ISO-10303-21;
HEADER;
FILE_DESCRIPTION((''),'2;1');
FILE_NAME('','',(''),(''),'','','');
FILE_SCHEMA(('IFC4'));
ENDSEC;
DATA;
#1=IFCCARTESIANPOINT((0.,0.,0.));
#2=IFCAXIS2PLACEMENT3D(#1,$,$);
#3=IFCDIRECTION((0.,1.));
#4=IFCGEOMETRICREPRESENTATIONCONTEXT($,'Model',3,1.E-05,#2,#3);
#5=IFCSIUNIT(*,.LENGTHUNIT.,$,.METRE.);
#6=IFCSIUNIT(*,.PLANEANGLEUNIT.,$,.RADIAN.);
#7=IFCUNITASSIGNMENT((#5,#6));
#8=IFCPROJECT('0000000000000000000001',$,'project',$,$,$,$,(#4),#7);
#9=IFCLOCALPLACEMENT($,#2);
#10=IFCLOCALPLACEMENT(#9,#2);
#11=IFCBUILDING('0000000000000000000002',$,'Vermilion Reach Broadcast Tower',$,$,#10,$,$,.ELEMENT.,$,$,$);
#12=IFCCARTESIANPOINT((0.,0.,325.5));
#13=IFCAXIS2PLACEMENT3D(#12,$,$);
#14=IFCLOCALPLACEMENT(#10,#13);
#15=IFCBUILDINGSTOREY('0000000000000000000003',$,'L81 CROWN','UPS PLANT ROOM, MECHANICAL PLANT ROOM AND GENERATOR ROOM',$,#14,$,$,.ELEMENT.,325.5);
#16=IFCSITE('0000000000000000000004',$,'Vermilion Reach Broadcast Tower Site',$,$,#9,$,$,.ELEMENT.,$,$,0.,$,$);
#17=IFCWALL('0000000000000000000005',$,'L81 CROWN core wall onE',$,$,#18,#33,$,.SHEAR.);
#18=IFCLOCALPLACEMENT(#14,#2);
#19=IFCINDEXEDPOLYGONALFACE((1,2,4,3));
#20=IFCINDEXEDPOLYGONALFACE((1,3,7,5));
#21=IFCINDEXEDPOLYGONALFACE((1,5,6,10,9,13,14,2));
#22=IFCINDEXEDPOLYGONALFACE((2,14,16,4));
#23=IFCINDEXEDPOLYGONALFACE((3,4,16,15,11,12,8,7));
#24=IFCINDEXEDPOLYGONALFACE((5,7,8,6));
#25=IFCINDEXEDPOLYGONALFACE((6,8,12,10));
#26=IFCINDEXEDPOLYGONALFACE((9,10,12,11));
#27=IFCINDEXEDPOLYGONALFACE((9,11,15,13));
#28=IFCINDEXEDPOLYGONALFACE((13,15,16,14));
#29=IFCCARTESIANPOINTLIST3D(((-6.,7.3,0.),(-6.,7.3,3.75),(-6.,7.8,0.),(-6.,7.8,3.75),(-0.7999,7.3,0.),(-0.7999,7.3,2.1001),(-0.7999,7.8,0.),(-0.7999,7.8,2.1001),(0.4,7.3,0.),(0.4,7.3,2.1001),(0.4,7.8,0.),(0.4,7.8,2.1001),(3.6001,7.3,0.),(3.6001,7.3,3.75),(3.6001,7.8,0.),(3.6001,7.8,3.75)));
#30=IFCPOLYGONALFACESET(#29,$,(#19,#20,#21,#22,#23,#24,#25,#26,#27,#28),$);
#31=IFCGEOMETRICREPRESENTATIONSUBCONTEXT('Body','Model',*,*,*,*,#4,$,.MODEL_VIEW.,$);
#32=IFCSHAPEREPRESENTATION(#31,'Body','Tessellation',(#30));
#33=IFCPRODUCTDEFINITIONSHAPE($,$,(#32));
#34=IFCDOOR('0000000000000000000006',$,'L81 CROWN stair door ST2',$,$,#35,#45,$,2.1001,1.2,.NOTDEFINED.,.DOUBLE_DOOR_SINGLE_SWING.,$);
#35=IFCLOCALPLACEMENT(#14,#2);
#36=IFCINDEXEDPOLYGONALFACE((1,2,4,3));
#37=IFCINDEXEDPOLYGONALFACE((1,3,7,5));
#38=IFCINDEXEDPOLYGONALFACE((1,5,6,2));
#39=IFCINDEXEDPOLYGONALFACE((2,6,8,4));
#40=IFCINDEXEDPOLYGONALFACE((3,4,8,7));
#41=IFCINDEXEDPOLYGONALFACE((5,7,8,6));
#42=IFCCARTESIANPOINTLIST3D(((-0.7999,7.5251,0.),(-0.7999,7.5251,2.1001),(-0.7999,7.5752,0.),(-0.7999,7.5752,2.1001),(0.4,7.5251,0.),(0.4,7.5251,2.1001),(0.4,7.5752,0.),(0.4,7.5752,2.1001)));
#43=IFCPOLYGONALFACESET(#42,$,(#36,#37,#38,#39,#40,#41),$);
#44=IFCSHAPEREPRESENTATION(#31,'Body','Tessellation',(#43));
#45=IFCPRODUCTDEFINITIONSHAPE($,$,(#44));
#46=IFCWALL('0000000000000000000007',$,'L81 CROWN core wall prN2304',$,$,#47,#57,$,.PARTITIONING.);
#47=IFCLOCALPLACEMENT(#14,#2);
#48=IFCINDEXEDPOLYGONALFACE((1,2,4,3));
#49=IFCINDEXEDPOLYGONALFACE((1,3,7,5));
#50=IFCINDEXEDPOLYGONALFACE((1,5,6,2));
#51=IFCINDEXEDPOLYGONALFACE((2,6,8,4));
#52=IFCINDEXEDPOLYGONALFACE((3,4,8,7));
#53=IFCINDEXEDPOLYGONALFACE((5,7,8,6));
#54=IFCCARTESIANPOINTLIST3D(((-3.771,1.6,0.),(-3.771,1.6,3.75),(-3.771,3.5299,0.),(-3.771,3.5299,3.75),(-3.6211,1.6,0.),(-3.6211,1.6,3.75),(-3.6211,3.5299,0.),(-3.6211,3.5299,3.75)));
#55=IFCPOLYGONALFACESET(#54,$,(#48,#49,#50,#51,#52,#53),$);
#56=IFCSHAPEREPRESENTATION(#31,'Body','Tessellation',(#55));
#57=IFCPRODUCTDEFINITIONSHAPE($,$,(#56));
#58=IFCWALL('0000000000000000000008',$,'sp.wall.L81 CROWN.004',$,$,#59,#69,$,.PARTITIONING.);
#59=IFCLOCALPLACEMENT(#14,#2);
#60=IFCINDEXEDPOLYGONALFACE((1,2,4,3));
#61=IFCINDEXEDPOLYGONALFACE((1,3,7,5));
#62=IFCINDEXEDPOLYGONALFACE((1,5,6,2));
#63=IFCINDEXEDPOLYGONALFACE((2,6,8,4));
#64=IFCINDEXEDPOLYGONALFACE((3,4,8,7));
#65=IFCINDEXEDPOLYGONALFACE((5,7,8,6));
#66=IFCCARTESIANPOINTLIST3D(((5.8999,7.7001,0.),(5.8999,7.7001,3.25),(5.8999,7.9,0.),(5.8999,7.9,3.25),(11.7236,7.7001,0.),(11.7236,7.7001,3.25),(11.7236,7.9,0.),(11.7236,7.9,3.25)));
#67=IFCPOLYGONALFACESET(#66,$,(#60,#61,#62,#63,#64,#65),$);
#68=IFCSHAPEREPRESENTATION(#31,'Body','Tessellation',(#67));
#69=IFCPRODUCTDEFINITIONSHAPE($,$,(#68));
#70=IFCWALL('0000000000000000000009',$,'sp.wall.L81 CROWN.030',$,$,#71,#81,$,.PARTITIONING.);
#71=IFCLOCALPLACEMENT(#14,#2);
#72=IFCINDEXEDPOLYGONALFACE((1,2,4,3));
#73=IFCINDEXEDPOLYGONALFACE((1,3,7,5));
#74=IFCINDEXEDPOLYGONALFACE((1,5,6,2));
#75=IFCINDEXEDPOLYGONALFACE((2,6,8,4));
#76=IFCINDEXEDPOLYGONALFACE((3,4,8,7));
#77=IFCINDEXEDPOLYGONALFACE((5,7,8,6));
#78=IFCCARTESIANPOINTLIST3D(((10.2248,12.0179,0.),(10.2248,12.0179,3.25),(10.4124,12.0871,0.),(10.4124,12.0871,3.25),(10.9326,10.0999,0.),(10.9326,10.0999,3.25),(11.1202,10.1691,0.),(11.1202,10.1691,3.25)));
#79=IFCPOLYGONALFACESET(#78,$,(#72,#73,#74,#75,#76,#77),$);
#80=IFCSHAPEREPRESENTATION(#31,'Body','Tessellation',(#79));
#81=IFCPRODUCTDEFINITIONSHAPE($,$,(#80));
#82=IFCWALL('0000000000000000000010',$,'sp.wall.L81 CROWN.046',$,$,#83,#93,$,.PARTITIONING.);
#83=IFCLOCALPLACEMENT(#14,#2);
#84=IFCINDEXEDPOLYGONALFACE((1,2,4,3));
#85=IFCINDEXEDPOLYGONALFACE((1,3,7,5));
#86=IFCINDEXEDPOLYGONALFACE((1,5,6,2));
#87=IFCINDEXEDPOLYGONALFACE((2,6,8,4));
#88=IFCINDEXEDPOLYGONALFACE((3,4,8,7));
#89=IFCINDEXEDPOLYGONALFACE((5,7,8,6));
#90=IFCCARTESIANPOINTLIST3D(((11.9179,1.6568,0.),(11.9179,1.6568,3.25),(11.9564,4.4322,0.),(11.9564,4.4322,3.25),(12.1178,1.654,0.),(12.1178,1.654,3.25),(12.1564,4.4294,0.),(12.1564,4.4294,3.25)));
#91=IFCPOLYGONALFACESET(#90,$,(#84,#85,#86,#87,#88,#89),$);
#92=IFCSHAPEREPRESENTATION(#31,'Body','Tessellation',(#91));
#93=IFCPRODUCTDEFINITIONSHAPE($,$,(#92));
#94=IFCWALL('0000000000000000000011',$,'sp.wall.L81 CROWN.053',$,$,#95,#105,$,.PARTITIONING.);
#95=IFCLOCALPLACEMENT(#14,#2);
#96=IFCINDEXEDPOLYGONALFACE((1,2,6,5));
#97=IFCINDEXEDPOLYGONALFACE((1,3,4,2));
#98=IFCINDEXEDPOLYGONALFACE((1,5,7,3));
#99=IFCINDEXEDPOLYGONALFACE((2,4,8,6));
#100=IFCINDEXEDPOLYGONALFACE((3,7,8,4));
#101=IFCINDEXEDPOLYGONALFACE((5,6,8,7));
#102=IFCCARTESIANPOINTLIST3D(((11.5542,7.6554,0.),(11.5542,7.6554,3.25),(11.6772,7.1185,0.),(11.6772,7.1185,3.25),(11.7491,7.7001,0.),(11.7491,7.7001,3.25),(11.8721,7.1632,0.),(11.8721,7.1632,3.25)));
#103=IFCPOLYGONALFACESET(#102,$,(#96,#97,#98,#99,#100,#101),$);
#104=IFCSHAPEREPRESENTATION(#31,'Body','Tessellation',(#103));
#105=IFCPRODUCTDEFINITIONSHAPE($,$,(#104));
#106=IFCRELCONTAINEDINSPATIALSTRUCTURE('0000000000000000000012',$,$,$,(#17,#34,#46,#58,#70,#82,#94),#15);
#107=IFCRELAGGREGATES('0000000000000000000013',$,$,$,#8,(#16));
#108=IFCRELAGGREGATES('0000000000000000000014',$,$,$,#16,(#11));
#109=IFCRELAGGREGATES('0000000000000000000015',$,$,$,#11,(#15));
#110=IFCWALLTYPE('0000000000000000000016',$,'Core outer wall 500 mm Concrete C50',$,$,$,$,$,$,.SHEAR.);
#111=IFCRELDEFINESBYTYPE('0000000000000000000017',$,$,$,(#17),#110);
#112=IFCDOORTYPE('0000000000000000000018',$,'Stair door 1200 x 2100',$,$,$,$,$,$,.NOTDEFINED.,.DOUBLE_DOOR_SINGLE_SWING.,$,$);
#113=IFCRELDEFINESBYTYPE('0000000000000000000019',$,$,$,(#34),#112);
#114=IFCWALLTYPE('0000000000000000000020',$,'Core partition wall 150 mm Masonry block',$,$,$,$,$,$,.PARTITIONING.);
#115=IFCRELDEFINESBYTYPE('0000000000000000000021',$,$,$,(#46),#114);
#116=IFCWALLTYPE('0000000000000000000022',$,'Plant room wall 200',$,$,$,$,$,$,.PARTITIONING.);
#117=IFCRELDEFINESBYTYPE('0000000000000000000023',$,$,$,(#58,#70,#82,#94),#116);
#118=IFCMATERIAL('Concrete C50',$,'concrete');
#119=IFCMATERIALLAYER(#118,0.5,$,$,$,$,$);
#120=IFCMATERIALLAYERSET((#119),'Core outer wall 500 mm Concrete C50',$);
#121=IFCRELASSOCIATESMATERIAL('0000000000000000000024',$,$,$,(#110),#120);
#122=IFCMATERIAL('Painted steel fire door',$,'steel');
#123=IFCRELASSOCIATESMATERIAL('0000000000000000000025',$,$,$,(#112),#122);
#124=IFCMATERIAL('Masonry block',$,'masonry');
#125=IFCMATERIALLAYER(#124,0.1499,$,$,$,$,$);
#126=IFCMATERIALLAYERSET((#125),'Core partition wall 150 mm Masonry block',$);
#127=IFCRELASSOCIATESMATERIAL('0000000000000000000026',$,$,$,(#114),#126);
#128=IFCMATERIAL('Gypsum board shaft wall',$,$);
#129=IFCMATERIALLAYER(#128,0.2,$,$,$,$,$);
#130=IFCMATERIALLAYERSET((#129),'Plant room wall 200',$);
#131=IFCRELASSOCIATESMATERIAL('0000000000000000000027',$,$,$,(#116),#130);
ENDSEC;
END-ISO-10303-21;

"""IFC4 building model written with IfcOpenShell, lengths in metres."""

from ifc_helpers import new_model, si_unit, direction, frame, frame_2d, origin, place, context, subcontext, project, spatial, rectangle, extrude, material, layer, layer_set, type_object, element, fill, save


model = new_model("IFC4")

# Units and contexts
model_context = context("Model", 3, precision=1e-05, world=origin(), true_north=direction((0.0, 1.0)))
body_context = subcontext(model_context, "Body", "Model", "MODEL_VIEW")
ifc_project = project(units=[si_unit("LENGTHUNIT", "METRE"), si_unit("PLANEANGLEUNIT", "RADIAN")], contexts=[model_context])

# Site, building, storey
site_placement = place(None, origin())
site = spatial("IfcSite", under=ifc_project, at=site_placement, Name="Vermilion Reach Broadcast Tower Site", CompositionType="ELEMENT", RefElevation=0.0)
building_placement = place(site_placement, origin())
building = spatial("IfcBuilding", under=site, at=building_placement, Name="Vermilion Reach Broadcast Tower", CompositionType="ELEMENT")
storey_placement = place(building_placement, frame((0.0, 0.0, 325.5)))
storey = spatial("IfcBuildingStorey", under=building, at=storey_placement, Name="L81 CROWN", Description="UPS PLANT ROOM, MECHANICAL PLANT ROOM AND GENERATOR ROOM", CompositionType="ELEMENT", Elevation=325.5)

# Wall, opening, door
ifc_material_1 = material(Name="Concrete C50", Category="concrete")
ifc_layer_1 = layer(ifc_material_1, 0.5)
ifc_layer_set_1 = layer_set([ifc_layer_1], Name="Core outer wall 500 mm Concrete C50")
wall_type_1 = type_object("IfcWallType", Name="Core outer wall 500 mm Concrete C50", PredefinedType="SHEAR", material=ifc_layer_set_1)
wall_1_placement = place(storey_placement, frame((3.6001, 7.55, 0.0), z_axis=(0.0, 0.0, 1.0), x_axis=(-1.0, 0.0, 0.0)))
wall_1 = element("IfcWall", 1, at=wall_1_placement, inside=storey, type_object=wall_type_1, Name="L81 CROWN core wall onE", PredefinedType="SHEAR", context=body_context, shape_type="SweptSolid", body=[
    extrude(rectangle(XDim=9.6001, YDim=0.5, at=frame_2d((4.8, 0.0))), origin(), (0.0, 0.0, 1.0), 3.75),
])
opening_1_placement = place(wall_1_placement, frame((3.2, 0.0, 0.0)))
opening_1 = element("IfcOpeningElement", 2, at=opening_1_placement, cuts=wall_1, PredefinedType="OPENING", context=body_context, shape_type="SweptSolid", body=[
    extrude(rectangle(XDim=1.2, YDim=2.1001, at=frame_2d((0.6001, 1.05))), frame((0.0, 0.26, 0.0), z_axis=(0.0, -1.0, 0.0), x_axis=(1.0, 0.0, 0.0)), (0.0, 0.0, 1.0), 0.52),
])
ifc_material_2 = material(Name="Painted steel fire door", Category="steel")
door_type_1 = type_object("IfcDoorType", Name="Stair door 1200 x 2100", OperationType="DOUBLE_DOOR_SINGLE_SWING", PredefinedType="NOTDEFINED", material=ifc_material_2)
door_1_placement = place(opening_1_placement, origin())
door_1 = element("IfcDoor", 3, at=door_1_placement, inside=storey, type_object=door_type_1, Name="L81 CROWN stair door ST2", OperationType="DOUBLE_DOOR_SINGLE_SWING", OverallHeight=2.1001, OverallWidth=1.2, PredefinedType="NOTDEFINED", context=body_context, shape_type="SweptSolid", body=[
    extrude(rectangle(XDim=1.2, YDim=2.1001, at=frame_2d((0.6001, 1.05))), frame((0.0, 0.0249, 0.0), z_axis=(0.0, -1.0, 0.0), x_axis=(1.0, 0.0, 0.0)), (0.0, 0.0, 1.0), 0.05),
])
fill(opening_1, door_1)

# Walls
ifc_material_3 = material(Name="Masonry block", Category="masonry")
ifc_layer_2 = layer(ifc_material_3, 0.1499)
ifc_layer_set_2 = layer_set([ifc_layer_2], Name="Core partition wall 150 mm Masonry block")
wall_type_2 = type_object("IfcWallType", Name="Core partition wall 150 mm Masonry block", PredefinedType="PARTITIONING", material=ifc_layer_set_2)
wall_2_placement = place(storey_placement, frame((-3.696, 1.6001, 0.0), z_axis=(0.0, 0.0, 1.0), x_axis=(0.0, 1.0, 0.0)))
element("IfcWall", 4, at=wall_2_placement, inside=storey, type_object=wall_type_2, Name="L81 CROWN core wall prN2304", PredefinedType="PARTITIONING", context=body_context, shape_type="SweptSolid", body=[
    extrude(rectangle(XDim=1.9299, YDim=0.1499, at=frame_2d((0.9648, 0.0))), origin(), (0.0, 0.0, 1.0), 3.75),
])
ifc_material_4 = material(Name="Gypsum board shaft wall")
ifc_layer_3 = layer(ifc_material_4, 0.2)
ifc_layer_set_3 = layer_set([ifc_layer_3], Name="Plant room wall 200")
wall_type_3 = type_object("IfcWallType", Name="Plant room wall 200", PredefinedType="PARTITIONING", material=ifc_layer_set_3)
wall_3_placement = place(storey_placement, frame((5.8999, 7.8, 0.0), z_axis=(0.0, 0.0, 1.0), x_axis=(1.0, 0.0, 0.0)))
element("IfcWall", 5, at=wall_3_placement, inside=storey, type_object=wall_type_3, Name="sp.wall.L81 CROWN.004", PredefinedType="PARTITIONING", context=body_context, shape_type="SweptSolid", body=[
    extrude(rectangle(XDim=5.8237, YDim=0.2, at=frame_2d((2.9119, 0.0))), origin(), (0.0, 0.0, 1.0), 3.25),
])
wall_4_placement = place(storey_placement, frame((10.3186, 12.0525, 0.0), z_axis=(0.0, 0.0, 1.0), x_axis=(0.346198, -0.938162, 0.0)))
element("IfcWall", 6, at=wall_4_placement, inside=storey, type_object=wall_type_3, Name="sp.wall.L81 CROWN.030", PredefinedType="PARTITIONING", context=body_context, shape_type="SweptSolid", body=[
    extrude(rectangle(XDim=2.0444, YDim=0.2, at=frame_2d((1.0222, 0.0))), origin(), (0.0, 0.0, 1.0), 3.25),
])
wall_5_placement = place(storey_placement, frame((12.0178, 1.6555, 0.0), z_axis=(0.0, 0.0, 1.0), x_axis=(0.013897, 0.999903, 0.0)))
element("IfcWall", 7, at=wall_5_placement, inside=storey, type_object=wall_type_3, Name="sp.wall.L81 CROWN.046", PredefinedType="PARTITIONING", context=body_context, shape_type="SweptSolid", body=[
    extrude(rectangle(XDim=2.7756, YDim=0.2, at=frame_2d((1.3877, 0.0))), origin(), (0.0, 0.0, 1.0), 3.25),
])
wall_6_placement = place(storey_placement, frame((11.6516, 7.6777, 0.0), z_axis=(0.0, 0.0, 1.0), x_axis=(0.223402, -0.974726, 0.0)))
element("IfcWall", 8, at=wall_6_placement, inside=storey, type_object=wall_type_3, Name="sp.wall.L81 CROWN.053", PredefinedType="PARTITIONING", context=body_context, shape_type="SweptSolid", body=[
    extrude(rectangle(XDim=0.5508, YDim=0.2, at=frame_2d((0.2754, 0.0))), origin(), (0.0, 0.0, 1.0), 3.25),
])

save(model, "model.ifc")
